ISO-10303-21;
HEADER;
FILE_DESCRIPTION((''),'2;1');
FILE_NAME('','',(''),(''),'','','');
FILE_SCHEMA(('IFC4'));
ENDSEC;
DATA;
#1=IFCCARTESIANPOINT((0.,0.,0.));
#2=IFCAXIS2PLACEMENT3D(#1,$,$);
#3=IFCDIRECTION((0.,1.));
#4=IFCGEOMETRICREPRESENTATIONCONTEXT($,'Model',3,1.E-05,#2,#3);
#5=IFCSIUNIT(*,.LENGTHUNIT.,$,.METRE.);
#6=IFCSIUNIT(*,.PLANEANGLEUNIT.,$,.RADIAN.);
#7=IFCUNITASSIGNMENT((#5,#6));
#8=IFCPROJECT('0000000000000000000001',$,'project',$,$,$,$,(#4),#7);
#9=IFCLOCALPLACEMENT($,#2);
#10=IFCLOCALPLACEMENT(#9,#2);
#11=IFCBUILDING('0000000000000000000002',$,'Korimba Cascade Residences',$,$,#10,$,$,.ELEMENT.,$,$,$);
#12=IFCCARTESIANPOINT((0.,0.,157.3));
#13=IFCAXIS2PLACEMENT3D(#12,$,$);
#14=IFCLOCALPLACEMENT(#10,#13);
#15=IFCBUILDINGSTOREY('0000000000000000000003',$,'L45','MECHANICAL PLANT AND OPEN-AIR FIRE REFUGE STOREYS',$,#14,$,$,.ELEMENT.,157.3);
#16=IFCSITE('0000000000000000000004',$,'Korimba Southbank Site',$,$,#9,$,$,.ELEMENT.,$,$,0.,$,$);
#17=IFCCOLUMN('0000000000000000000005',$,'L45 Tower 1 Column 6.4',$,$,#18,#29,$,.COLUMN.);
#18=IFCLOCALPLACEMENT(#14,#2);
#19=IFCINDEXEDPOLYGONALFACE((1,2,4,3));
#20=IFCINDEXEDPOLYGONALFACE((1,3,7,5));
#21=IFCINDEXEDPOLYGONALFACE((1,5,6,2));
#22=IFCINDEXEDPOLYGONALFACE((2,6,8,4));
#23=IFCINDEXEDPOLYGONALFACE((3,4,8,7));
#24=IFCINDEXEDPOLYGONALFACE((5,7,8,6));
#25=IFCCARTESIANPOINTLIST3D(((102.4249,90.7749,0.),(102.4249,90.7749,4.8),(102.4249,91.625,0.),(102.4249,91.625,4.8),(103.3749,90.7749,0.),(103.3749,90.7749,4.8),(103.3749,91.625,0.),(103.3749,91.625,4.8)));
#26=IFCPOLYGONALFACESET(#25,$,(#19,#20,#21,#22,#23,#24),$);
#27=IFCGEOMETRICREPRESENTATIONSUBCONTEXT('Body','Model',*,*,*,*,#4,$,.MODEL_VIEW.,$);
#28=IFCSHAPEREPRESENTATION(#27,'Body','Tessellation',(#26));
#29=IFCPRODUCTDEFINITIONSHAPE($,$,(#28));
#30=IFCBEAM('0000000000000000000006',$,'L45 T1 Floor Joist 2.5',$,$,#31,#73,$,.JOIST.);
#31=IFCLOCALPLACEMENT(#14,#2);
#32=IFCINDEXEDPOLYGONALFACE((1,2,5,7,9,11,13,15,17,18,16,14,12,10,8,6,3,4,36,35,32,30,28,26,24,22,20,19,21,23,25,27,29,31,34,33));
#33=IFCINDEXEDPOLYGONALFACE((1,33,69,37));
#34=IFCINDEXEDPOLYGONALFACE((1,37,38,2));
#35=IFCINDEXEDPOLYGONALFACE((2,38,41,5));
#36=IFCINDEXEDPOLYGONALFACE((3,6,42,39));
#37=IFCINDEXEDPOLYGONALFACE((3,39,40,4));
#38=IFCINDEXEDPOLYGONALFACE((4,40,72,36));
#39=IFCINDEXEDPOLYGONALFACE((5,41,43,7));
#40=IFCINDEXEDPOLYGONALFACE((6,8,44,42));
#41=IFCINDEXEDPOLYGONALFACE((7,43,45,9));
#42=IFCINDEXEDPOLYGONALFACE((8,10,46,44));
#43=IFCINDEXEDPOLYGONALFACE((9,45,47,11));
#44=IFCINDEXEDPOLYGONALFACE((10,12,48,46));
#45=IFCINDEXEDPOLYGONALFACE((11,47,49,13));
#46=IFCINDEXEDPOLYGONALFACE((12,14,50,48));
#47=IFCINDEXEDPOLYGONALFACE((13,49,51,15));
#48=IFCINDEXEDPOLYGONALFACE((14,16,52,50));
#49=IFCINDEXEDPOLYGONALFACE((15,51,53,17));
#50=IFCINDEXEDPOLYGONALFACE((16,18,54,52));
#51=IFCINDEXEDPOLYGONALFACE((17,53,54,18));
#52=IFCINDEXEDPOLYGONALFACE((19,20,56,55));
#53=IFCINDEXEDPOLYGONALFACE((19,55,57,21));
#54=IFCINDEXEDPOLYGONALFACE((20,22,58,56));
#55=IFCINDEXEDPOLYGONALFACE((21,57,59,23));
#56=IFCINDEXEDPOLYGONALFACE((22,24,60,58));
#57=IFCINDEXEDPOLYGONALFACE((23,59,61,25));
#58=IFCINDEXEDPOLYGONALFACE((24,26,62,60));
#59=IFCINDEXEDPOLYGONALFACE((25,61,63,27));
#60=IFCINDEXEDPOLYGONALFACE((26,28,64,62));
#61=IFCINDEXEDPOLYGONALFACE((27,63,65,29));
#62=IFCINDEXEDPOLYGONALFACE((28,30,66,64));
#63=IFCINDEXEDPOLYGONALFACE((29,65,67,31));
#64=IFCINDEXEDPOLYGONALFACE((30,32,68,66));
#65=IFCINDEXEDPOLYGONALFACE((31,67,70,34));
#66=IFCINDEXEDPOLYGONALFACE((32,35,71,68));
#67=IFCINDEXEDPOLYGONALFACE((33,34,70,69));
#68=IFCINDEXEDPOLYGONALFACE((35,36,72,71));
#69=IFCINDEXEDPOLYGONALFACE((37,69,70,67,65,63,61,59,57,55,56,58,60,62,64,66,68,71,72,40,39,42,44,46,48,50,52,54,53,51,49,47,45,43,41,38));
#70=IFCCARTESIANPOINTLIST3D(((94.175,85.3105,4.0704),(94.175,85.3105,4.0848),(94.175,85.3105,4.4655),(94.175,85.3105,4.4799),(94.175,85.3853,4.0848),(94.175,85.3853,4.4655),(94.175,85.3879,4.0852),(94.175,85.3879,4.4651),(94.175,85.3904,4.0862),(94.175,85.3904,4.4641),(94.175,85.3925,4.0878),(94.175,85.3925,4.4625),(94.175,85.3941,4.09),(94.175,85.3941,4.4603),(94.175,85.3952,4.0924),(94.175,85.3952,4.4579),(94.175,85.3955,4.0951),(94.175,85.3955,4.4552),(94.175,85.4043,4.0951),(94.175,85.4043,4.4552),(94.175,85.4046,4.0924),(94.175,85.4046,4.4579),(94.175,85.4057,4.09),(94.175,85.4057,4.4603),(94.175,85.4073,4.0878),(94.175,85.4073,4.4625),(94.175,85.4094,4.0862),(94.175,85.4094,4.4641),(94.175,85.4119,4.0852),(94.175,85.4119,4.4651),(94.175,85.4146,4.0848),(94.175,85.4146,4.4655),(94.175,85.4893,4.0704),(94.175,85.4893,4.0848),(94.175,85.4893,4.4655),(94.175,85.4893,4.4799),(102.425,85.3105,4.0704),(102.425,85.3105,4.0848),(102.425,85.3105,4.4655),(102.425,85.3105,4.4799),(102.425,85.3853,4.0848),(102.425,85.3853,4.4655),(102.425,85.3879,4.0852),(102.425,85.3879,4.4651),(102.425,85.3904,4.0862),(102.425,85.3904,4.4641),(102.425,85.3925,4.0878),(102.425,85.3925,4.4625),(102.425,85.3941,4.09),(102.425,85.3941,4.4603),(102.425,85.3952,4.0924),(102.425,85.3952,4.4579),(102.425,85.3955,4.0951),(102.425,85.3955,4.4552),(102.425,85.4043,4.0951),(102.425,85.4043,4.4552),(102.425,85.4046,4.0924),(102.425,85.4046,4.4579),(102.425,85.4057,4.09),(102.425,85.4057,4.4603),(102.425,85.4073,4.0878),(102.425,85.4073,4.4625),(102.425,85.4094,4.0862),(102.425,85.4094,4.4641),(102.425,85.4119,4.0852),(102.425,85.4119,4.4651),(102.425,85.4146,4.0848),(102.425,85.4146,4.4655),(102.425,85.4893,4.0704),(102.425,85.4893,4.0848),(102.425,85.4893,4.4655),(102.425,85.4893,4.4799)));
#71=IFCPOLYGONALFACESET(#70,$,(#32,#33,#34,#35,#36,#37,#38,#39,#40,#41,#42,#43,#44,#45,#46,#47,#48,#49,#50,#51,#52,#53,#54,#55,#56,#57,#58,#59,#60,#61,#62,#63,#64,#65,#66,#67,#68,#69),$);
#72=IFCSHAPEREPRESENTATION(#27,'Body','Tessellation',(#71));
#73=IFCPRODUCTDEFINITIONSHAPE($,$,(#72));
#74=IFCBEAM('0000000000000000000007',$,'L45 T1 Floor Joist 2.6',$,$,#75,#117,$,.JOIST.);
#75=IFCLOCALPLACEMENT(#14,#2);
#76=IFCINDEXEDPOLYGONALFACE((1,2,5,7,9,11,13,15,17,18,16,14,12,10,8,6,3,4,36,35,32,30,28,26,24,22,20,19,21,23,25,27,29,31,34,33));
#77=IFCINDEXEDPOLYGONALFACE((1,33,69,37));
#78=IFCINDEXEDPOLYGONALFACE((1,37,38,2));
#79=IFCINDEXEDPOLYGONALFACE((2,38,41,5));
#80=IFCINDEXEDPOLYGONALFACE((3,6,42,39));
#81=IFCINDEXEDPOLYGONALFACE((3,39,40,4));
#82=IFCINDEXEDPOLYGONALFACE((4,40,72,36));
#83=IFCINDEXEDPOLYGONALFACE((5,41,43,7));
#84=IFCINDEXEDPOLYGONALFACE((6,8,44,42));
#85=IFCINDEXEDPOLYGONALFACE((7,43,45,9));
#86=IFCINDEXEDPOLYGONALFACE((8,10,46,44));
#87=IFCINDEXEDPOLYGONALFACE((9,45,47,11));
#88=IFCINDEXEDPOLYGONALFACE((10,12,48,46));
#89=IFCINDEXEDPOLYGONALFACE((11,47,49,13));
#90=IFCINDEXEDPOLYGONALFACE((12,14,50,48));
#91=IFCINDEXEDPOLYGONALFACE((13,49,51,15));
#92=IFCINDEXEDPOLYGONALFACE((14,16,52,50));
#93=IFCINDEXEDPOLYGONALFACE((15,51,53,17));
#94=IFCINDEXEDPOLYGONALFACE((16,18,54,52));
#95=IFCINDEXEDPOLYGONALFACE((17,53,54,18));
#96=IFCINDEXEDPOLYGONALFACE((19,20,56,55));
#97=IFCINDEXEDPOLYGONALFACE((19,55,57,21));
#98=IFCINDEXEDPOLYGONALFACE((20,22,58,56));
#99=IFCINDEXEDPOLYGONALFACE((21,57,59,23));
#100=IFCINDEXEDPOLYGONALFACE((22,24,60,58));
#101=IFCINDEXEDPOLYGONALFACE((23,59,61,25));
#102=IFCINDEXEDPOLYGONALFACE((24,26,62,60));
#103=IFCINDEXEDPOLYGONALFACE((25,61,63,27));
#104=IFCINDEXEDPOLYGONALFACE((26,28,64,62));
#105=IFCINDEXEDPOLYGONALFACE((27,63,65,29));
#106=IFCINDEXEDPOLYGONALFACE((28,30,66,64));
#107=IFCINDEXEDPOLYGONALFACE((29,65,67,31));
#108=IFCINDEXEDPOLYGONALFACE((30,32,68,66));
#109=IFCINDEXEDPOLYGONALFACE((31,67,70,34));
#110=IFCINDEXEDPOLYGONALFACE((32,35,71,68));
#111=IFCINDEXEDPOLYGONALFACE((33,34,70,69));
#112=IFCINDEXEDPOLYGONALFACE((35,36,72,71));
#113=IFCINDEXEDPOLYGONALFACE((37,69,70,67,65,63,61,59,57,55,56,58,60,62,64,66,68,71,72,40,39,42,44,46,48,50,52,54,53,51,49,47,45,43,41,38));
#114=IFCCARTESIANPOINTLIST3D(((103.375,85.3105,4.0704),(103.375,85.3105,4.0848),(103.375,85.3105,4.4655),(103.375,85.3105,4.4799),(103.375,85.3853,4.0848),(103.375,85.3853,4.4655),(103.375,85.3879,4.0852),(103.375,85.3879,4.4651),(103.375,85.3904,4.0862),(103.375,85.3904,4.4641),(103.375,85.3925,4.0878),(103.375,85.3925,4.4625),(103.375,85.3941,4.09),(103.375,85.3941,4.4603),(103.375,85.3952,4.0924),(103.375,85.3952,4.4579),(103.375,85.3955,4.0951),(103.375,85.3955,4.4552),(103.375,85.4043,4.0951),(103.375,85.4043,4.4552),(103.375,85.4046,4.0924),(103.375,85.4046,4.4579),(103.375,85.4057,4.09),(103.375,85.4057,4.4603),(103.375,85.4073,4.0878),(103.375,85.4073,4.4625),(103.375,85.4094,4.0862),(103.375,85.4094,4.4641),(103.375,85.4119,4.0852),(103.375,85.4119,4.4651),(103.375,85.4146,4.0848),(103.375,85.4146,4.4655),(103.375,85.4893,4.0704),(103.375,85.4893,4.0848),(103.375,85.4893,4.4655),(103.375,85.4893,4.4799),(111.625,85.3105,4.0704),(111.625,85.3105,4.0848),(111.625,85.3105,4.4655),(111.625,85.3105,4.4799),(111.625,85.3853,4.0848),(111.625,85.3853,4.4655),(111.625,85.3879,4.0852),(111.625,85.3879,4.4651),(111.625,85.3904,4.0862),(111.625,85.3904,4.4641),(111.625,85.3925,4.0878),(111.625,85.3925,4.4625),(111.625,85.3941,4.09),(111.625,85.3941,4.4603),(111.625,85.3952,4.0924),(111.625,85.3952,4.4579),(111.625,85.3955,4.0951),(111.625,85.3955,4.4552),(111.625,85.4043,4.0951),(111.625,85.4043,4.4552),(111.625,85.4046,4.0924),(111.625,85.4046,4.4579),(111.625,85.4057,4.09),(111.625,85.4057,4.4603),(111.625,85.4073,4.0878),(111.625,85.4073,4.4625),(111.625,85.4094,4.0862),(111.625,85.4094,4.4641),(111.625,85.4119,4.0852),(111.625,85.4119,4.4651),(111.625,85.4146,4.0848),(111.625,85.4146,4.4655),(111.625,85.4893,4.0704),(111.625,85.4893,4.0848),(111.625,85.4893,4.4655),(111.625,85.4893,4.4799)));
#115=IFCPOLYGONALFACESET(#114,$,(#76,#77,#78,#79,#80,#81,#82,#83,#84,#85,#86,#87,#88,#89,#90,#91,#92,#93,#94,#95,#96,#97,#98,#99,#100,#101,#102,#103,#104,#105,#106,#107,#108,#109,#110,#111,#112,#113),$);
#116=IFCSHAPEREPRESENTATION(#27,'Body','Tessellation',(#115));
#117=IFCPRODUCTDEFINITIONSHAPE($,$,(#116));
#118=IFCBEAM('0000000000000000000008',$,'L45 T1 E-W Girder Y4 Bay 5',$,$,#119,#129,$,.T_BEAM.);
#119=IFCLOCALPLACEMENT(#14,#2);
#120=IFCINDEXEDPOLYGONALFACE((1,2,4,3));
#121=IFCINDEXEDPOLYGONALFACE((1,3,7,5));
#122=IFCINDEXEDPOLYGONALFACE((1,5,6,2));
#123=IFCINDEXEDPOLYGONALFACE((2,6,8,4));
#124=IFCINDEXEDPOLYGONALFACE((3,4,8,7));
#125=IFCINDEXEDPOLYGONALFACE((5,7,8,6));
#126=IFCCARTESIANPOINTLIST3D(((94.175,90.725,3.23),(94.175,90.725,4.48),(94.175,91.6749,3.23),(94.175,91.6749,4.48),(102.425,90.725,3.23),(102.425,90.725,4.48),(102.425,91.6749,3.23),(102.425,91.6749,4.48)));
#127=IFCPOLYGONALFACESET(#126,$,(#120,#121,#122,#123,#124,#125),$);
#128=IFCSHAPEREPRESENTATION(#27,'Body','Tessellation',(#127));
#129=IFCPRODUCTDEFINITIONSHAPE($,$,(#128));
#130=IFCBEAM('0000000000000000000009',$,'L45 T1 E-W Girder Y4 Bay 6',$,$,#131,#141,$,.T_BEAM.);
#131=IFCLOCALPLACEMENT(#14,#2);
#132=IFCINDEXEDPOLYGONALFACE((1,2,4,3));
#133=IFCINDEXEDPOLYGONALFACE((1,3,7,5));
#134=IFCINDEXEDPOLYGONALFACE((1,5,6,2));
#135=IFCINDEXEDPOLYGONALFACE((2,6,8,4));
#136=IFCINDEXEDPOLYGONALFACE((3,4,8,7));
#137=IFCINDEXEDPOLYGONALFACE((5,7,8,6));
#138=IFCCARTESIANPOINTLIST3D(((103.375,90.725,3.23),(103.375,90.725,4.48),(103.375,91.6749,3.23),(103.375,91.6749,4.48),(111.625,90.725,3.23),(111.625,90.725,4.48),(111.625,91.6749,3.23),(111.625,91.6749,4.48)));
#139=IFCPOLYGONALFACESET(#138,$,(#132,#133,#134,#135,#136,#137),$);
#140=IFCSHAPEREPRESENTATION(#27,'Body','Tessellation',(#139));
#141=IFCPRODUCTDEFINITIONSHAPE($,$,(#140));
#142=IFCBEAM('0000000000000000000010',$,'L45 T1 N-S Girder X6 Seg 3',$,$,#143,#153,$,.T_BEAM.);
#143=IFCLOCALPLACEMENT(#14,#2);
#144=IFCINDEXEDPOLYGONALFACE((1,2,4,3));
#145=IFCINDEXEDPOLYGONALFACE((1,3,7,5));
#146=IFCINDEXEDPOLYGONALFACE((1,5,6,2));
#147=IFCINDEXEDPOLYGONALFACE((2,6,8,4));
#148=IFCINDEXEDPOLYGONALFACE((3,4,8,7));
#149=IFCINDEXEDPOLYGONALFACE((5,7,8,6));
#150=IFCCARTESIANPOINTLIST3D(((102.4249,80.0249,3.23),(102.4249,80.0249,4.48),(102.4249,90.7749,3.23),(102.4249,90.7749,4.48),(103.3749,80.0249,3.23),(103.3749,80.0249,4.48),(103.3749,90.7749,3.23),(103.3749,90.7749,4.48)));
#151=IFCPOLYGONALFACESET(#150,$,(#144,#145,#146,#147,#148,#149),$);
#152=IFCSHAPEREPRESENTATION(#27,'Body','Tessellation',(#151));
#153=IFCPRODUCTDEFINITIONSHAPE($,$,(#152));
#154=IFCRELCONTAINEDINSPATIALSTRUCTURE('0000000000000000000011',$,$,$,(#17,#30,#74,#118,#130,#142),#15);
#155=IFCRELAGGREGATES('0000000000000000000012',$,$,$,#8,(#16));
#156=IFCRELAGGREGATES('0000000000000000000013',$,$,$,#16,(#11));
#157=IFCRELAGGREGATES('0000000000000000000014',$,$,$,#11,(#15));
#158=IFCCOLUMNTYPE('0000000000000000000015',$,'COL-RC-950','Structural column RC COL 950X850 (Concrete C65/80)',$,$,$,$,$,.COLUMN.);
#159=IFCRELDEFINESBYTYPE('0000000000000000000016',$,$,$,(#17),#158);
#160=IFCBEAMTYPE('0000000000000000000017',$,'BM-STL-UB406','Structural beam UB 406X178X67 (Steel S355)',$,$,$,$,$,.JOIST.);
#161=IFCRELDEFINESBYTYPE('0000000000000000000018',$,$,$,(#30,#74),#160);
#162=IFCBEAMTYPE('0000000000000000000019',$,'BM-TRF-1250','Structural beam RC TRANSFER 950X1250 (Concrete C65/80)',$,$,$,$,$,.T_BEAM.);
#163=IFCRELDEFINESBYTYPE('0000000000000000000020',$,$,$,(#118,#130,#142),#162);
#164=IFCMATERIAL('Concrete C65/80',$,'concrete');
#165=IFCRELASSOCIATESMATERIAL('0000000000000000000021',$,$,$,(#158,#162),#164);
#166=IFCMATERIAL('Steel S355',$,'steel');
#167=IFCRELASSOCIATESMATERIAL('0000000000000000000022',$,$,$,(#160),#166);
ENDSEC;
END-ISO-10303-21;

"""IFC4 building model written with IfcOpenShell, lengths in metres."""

from ifc_helpers import new_model, si_unit, direction, frame, origin, origin_2d, place, context, subcontext, project, spatial, rectangle, i_section, extrude, material, material_profile, profile_set, type_object, element, save


model = new_model("IFC4")

# Units and contexts
model_context = context("Model", 3, precision=1e-05, world=origin(), true_north=direction((0.0, 1.0)))
body_context = subcontext(model_context, "Body", "Model", "MODEL_VIEW")
ifc_project = project(units=[si_unit("LENGTHUNIT", "METRE"), si_unit("PLANEANGLEUNIT", "RADIAN")], contexts=[model_context])

# Site, building, storey
site_placement = place(None, origin())
site = spatial("IfcSite", under=ifc_project, at=site_placement, Name="Korimba Southbank Site", CompositionType="ELEMENT", RefElevation=0.0)
building_placement = place(site_placement, origin())
building = spatial("IfcBuilding", under=site, at=building_placement, Name="Korimba Cascade Residences", CompositionType="ELEMENT")
storey_placement = place(building_placement, frame((0.0, 0.0, 157.3)))
storey = spatial("IfcBuildingStorey", under=building, at=storey_placement, Name="L45", Description="MECHANICAL PLANT AND OPEN-AIR FIRE REFUGE STOREYS", CompositionType="ELEMENT", Elevation=157.3)

# Column
ifc_material_1 = material(Name="Concrete C65/80", Category="concrete")
ifc_material_profile_1 = material_profile(ifc_material_1, rectangle(XDim=0.95, YDim=0.8501, at=origin_2d()), Name="Concrete C65/80")
ifc_profile_set_1 = profile_set([ifc_material_profile_1], Name="Concrete C65/80")
column_type = type_object("IfcColumnType", Name="COL-RC-950", Description="Structural column RC COL 950X850 (Concrete C65/80)", PredefinedType="COLUMN", material=ifc_profile_set_1)
column_placement = place(storey_placement, frame((102.8999, 91.2, 0.0), z_axis=(0.0, 0.0, 1.0), x_axis=(1.0, 0.0, 0.0)))
element("IfcColumn", 1, at=column_placement, inside=storey, type_object=column_type, Name="L45 Tower 1 Column 6.4", PredefinedType="COLUMN", context=body_context, shape_type="SweptSolid", body=[
    extrude(rectangle(XDim=0.95, YDim=0.8501, at=origin_2d()), origin(), (0.0, 0.0, 1.0), 4.8),
])

# Beams
ifc_material_2 = material(Name="Steel S355", Category="steel")
ifc_material_profile_2 = material_profile(ifc_material_2, i_section(OverallWidth=0.1787, OverallDepth=0.4094, WebThickness=0.0088, FlangeThickness=0.0144, FilletRadius=0.0103, at=origin_2d()), Name="Steel S355")
ifc_profile_set_2 = profile_set([ifc_material_profile_2], Name="Steel S355")
beam_type_1 = type_object("IfcBeamType", Name="BM-STL-UB406", Description="Structural beam UB 406X178X67 (Steel S355)", PredefinedType="JOIST", material=ifc_profile_set_2)
for number, where, z_axis, x_axis, name in (
    (2, (94.175, 85.3999, 4.2751), (1.0, 0.0, 0.0), (0.0, 1.0, 0.0), "L45 T1 Floor Joist 2.5"),
    (3, (103.375, 85.3999, 4.2751), (1.0, 0.0, 0.0), (0.0, 1.0, 0.0), "L45 T1 Floor Joist 2.6"),
):
    element("IfcBeam", number, at=place(storey_placement, frame(where, z_axis=z_axis, x_axis=x_axis)), inside=storey, type_object=beam_type_1, Name=name, PredefinedType="JOIST", context=body_context, shape_type="SweptSolid", body=[
        extrude(i_section(OverallWidth=0.1787, OverallDepth=0.4094, WebThickness=0.0088, FlangeThickness=0.0144, FilletRadius=0.0103, at=origin_2d()), origin(), (0.0, 0.0, 1.0), 8.25),
    ])
ifc_material_profile_3 = material_profile(ifc_material_1, rectangle(XDim=0.95, YDim=1.25, at=origin_2d()), Name="Concrete C65/80")
ifc_profile_set_3 = profile_set([ifc_material_profile_3], Name="Concrete C65/80")
beam_type_2 = type_object("IfcBeamType", Name="BM-TRF-1250", Description="Structural beam RC TRANSFER 950X1250 (Concrete C65/80)", PredefinedType="T_BEAM", material=ifc_profile_set_3)
for number, where, z_axis, x_axis, name in (
    (4, (94.175, 91.2, 3.855), (1.0, 0.0, 0.0), (0.0, 1.0, 0.0), "L45 T1 E-W Girder Y4 Bay 5"),
    (5, (103.375, 91.2, 3.855), (1.0, 0.0, 0.0), (0.0, 1.0, 0.0), "L45 T1 E-W Girder Y4 Bay 6"),
):
    element("IfcBeam", number, at=place(storey_placement, frame(where, z_axis=z_axis, x_axis=x_axis)), inside=storey, type_object=beam_type_2, Name=name, PredefinedType="T_BEAM", context=body_context, shape_type="SweptSolid", body=[
        extrude(rectangle(XDim=0.95, YDim=1.25, at=origin_2d()), origin(), (0.0, 0.0, 1.0), 8.25),
    ])
beam_placement = place(storey_placement, frame((102.8999, 80.0249, 3.855), z_axis=(0.0, 1.0, 0.0), x_axis=(-1.0, 0.0, 0.0)))
element("IfcBeam", 6, at=beam_placement, inside=storey, type_object=beam_type_2, Name="L45 T1 N-S Girder X6 Seg 3", PredefinedType="T_BEAM", context=body_context, shape_type="SweptSolid", body=[
    extrude(rectangle(XDim=0.95, YDim=1.25, at=origin_2d()), origin(), (0.0, 0.0, 1.0), 10.75),
])

save(model, "model.ifc")
